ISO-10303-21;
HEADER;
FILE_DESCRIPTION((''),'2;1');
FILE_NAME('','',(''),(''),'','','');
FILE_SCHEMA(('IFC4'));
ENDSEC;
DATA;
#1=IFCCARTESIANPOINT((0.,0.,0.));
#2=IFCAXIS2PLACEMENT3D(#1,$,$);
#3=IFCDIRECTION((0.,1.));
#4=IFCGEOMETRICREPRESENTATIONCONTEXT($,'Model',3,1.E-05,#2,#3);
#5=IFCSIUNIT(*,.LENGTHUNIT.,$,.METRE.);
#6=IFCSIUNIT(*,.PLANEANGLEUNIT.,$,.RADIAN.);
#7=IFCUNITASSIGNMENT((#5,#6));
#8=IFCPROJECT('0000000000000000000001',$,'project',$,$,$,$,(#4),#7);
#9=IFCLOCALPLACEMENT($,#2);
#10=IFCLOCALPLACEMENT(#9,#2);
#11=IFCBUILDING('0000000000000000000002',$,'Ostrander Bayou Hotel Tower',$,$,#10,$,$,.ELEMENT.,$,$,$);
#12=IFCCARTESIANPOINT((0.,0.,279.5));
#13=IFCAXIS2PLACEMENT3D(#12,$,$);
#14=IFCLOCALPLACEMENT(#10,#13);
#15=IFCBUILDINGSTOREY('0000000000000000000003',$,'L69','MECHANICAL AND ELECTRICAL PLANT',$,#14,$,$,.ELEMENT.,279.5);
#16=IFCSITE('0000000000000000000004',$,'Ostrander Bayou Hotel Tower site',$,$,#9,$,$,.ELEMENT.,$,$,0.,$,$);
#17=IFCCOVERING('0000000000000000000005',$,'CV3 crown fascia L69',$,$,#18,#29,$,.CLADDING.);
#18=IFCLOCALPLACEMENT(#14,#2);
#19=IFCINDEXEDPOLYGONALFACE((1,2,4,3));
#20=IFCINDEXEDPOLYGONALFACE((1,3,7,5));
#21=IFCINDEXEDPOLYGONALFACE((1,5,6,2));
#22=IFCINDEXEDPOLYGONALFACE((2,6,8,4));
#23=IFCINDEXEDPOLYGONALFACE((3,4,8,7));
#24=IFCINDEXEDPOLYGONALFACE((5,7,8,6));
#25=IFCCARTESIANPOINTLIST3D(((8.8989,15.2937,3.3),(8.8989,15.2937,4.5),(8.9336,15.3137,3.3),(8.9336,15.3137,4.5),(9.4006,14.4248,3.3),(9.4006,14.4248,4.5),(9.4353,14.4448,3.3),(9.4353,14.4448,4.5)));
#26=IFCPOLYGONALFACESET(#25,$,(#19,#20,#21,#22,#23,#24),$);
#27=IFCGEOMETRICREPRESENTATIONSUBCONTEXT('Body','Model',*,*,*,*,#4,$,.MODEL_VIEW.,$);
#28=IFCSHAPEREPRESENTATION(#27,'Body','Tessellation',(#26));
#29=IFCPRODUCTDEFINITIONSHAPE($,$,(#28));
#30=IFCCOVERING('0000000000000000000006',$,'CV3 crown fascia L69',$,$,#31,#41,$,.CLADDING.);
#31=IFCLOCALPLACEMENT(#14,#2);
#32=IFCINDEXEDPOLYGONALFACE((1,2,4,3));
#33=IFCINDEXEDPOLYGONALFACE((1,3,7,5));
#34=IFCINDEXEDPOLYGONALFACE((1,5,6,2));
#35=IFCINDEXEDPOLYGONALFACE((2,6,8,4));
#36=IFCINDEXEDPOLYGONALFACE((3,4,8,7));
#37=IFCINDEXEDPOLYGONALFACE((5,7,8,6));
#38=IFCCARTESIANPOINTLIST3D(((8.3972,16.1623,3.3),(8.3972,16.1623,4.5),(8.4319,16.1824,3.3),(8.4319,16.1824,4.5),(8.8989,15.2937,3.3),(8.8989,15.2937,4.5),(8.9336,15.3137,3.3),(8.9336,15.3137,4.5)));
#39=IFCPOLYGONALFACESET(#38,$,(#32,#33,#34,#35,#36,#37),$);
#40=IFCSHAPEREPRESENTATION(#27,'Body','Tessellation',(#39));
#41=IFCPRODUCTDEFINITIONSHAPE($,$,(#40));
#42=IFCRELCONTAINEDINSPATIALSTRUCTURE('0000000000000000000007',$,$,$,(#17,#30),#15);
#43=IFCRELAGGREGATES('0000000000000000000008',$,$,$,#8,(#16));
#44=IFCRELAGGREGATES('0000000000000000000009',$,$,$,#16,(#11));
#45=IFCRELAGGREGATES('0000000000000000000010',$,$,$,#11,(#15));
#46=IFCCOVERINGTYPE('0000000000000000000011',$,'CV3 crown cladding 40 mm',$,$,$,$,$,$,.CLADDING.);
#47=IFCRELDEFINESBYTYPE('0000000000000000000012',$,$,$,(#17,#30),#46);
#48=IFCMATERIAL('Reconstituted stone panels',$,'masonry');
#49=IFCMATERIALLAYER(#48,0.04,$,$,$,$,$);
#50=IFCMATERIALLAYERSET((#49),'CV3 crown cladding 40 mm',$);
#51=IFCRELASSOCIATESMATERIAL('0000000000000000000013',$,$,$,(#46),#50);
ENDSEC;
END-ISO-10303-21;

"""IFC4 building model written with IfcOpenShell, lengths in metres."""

from ifc_helpers import new_model, si_unit, direction, frame, origin, place, context, subcontext, project, spatial, polyline, outline, extrude, material, layer, layer_set, type_object, element, save


model = new_model("IFC4")

# Units and contexts
model_context = context("Model", 3, precision=1e-05, world=origin(), true_north=direction((0.0, 1.0)))
body_context = subcontext(model_context, "Body", "Model", "MODEL_VIEW")
ifc_project = project(units=[si_unit("LENGTHUNIT", "METRE"), si_unit("PLANEANGLEUNIT", "RADIAN")], contexts=[model_context])

# Site, building, storey
site_placement = place(None, origin())
site = spatial("IfcSite", under=ifc_project, at=site_placement, Name="Ostrander Bayou Hotel Tower site", CompositionType="ELEMENT", RefElevation=0.0)
building_placement = place(site_placement, origin())
building = spatial("IfcBuilding", under=site, at=building_placement, Name="Ostrander Bayou Hotel Tower", CompositionType="ELEMENT")
storey_placement = place(building_placement, frame((0.0, 0.0, 279.5)))
storey = spatial("IfcBuildingStorey", under=building, at=storey_placement, Name="L69", Description="MECHANICAL AND ELECTRICAL PLANT", CompositionType="ELEMENT", Elevation=279.5)

# Coverings
ifc_material_1 = material(Name="Reconstituted stone panels", Category="masonry")
ifc_layer_1 = layer(ifc_material_1, 0.04)
ifc_layer_set_1 = layer_set([ifc_layer_1], Name="CV3 crown cladding 40 mm")
covering_type = type_object("IfcCoveringType", Name="CV3 crown cladding 40 mm", PredefinedType="CLADDING", material=ifc_layer_set_1)
covering_1_placement = place(storey_placement, frame((9.4353, 14.4448, 3.3), z_axis=(0.866003, 0.500038, 0.0), x_axis=(-0.500038, 0.866003, 0.0)))
element("IfcCovering", 1, at=covering_1_placement, inside=storey, type_object=covering_type, Name="CV3 crown fascia L69", PredefinedType="CLADDING", context=body_context, shape_type="SweptSolid", body=[
    extrude(outline(polyline([(0.0, 0.0), (1.0033, 0.0), (1.0033, 1.2), (0.0, 1.2), (0.0, 0.0)])), origin(), (0.0, 0.0, -1.0), 0.04),
])
covering_2_placement = place(storey_placement, frame((8.9336, 15.3137, 3.3), z_axis=(0.865942, 0.500144, 0.0), x_axis=(-0.500144, 0.865942, 0.0)))
element("IfcCovering", 2, at=covering_2_placement, inside=storey, type_object=covering_type, Name="CV3 crown fascia L69", PredefinedType="CLADDING", context=body_context, shape_type="SweptSolid", body=[
    extrude(outline(polyline([(0.0, 0.0), (1.0031, 0.0), (1.0031, 1.2), (0.0, 1.2), (0.0, 0.0)])), origin(), (0.0, 0.0, -1.0), 0.04),
])

save(model, "model.ifc")
